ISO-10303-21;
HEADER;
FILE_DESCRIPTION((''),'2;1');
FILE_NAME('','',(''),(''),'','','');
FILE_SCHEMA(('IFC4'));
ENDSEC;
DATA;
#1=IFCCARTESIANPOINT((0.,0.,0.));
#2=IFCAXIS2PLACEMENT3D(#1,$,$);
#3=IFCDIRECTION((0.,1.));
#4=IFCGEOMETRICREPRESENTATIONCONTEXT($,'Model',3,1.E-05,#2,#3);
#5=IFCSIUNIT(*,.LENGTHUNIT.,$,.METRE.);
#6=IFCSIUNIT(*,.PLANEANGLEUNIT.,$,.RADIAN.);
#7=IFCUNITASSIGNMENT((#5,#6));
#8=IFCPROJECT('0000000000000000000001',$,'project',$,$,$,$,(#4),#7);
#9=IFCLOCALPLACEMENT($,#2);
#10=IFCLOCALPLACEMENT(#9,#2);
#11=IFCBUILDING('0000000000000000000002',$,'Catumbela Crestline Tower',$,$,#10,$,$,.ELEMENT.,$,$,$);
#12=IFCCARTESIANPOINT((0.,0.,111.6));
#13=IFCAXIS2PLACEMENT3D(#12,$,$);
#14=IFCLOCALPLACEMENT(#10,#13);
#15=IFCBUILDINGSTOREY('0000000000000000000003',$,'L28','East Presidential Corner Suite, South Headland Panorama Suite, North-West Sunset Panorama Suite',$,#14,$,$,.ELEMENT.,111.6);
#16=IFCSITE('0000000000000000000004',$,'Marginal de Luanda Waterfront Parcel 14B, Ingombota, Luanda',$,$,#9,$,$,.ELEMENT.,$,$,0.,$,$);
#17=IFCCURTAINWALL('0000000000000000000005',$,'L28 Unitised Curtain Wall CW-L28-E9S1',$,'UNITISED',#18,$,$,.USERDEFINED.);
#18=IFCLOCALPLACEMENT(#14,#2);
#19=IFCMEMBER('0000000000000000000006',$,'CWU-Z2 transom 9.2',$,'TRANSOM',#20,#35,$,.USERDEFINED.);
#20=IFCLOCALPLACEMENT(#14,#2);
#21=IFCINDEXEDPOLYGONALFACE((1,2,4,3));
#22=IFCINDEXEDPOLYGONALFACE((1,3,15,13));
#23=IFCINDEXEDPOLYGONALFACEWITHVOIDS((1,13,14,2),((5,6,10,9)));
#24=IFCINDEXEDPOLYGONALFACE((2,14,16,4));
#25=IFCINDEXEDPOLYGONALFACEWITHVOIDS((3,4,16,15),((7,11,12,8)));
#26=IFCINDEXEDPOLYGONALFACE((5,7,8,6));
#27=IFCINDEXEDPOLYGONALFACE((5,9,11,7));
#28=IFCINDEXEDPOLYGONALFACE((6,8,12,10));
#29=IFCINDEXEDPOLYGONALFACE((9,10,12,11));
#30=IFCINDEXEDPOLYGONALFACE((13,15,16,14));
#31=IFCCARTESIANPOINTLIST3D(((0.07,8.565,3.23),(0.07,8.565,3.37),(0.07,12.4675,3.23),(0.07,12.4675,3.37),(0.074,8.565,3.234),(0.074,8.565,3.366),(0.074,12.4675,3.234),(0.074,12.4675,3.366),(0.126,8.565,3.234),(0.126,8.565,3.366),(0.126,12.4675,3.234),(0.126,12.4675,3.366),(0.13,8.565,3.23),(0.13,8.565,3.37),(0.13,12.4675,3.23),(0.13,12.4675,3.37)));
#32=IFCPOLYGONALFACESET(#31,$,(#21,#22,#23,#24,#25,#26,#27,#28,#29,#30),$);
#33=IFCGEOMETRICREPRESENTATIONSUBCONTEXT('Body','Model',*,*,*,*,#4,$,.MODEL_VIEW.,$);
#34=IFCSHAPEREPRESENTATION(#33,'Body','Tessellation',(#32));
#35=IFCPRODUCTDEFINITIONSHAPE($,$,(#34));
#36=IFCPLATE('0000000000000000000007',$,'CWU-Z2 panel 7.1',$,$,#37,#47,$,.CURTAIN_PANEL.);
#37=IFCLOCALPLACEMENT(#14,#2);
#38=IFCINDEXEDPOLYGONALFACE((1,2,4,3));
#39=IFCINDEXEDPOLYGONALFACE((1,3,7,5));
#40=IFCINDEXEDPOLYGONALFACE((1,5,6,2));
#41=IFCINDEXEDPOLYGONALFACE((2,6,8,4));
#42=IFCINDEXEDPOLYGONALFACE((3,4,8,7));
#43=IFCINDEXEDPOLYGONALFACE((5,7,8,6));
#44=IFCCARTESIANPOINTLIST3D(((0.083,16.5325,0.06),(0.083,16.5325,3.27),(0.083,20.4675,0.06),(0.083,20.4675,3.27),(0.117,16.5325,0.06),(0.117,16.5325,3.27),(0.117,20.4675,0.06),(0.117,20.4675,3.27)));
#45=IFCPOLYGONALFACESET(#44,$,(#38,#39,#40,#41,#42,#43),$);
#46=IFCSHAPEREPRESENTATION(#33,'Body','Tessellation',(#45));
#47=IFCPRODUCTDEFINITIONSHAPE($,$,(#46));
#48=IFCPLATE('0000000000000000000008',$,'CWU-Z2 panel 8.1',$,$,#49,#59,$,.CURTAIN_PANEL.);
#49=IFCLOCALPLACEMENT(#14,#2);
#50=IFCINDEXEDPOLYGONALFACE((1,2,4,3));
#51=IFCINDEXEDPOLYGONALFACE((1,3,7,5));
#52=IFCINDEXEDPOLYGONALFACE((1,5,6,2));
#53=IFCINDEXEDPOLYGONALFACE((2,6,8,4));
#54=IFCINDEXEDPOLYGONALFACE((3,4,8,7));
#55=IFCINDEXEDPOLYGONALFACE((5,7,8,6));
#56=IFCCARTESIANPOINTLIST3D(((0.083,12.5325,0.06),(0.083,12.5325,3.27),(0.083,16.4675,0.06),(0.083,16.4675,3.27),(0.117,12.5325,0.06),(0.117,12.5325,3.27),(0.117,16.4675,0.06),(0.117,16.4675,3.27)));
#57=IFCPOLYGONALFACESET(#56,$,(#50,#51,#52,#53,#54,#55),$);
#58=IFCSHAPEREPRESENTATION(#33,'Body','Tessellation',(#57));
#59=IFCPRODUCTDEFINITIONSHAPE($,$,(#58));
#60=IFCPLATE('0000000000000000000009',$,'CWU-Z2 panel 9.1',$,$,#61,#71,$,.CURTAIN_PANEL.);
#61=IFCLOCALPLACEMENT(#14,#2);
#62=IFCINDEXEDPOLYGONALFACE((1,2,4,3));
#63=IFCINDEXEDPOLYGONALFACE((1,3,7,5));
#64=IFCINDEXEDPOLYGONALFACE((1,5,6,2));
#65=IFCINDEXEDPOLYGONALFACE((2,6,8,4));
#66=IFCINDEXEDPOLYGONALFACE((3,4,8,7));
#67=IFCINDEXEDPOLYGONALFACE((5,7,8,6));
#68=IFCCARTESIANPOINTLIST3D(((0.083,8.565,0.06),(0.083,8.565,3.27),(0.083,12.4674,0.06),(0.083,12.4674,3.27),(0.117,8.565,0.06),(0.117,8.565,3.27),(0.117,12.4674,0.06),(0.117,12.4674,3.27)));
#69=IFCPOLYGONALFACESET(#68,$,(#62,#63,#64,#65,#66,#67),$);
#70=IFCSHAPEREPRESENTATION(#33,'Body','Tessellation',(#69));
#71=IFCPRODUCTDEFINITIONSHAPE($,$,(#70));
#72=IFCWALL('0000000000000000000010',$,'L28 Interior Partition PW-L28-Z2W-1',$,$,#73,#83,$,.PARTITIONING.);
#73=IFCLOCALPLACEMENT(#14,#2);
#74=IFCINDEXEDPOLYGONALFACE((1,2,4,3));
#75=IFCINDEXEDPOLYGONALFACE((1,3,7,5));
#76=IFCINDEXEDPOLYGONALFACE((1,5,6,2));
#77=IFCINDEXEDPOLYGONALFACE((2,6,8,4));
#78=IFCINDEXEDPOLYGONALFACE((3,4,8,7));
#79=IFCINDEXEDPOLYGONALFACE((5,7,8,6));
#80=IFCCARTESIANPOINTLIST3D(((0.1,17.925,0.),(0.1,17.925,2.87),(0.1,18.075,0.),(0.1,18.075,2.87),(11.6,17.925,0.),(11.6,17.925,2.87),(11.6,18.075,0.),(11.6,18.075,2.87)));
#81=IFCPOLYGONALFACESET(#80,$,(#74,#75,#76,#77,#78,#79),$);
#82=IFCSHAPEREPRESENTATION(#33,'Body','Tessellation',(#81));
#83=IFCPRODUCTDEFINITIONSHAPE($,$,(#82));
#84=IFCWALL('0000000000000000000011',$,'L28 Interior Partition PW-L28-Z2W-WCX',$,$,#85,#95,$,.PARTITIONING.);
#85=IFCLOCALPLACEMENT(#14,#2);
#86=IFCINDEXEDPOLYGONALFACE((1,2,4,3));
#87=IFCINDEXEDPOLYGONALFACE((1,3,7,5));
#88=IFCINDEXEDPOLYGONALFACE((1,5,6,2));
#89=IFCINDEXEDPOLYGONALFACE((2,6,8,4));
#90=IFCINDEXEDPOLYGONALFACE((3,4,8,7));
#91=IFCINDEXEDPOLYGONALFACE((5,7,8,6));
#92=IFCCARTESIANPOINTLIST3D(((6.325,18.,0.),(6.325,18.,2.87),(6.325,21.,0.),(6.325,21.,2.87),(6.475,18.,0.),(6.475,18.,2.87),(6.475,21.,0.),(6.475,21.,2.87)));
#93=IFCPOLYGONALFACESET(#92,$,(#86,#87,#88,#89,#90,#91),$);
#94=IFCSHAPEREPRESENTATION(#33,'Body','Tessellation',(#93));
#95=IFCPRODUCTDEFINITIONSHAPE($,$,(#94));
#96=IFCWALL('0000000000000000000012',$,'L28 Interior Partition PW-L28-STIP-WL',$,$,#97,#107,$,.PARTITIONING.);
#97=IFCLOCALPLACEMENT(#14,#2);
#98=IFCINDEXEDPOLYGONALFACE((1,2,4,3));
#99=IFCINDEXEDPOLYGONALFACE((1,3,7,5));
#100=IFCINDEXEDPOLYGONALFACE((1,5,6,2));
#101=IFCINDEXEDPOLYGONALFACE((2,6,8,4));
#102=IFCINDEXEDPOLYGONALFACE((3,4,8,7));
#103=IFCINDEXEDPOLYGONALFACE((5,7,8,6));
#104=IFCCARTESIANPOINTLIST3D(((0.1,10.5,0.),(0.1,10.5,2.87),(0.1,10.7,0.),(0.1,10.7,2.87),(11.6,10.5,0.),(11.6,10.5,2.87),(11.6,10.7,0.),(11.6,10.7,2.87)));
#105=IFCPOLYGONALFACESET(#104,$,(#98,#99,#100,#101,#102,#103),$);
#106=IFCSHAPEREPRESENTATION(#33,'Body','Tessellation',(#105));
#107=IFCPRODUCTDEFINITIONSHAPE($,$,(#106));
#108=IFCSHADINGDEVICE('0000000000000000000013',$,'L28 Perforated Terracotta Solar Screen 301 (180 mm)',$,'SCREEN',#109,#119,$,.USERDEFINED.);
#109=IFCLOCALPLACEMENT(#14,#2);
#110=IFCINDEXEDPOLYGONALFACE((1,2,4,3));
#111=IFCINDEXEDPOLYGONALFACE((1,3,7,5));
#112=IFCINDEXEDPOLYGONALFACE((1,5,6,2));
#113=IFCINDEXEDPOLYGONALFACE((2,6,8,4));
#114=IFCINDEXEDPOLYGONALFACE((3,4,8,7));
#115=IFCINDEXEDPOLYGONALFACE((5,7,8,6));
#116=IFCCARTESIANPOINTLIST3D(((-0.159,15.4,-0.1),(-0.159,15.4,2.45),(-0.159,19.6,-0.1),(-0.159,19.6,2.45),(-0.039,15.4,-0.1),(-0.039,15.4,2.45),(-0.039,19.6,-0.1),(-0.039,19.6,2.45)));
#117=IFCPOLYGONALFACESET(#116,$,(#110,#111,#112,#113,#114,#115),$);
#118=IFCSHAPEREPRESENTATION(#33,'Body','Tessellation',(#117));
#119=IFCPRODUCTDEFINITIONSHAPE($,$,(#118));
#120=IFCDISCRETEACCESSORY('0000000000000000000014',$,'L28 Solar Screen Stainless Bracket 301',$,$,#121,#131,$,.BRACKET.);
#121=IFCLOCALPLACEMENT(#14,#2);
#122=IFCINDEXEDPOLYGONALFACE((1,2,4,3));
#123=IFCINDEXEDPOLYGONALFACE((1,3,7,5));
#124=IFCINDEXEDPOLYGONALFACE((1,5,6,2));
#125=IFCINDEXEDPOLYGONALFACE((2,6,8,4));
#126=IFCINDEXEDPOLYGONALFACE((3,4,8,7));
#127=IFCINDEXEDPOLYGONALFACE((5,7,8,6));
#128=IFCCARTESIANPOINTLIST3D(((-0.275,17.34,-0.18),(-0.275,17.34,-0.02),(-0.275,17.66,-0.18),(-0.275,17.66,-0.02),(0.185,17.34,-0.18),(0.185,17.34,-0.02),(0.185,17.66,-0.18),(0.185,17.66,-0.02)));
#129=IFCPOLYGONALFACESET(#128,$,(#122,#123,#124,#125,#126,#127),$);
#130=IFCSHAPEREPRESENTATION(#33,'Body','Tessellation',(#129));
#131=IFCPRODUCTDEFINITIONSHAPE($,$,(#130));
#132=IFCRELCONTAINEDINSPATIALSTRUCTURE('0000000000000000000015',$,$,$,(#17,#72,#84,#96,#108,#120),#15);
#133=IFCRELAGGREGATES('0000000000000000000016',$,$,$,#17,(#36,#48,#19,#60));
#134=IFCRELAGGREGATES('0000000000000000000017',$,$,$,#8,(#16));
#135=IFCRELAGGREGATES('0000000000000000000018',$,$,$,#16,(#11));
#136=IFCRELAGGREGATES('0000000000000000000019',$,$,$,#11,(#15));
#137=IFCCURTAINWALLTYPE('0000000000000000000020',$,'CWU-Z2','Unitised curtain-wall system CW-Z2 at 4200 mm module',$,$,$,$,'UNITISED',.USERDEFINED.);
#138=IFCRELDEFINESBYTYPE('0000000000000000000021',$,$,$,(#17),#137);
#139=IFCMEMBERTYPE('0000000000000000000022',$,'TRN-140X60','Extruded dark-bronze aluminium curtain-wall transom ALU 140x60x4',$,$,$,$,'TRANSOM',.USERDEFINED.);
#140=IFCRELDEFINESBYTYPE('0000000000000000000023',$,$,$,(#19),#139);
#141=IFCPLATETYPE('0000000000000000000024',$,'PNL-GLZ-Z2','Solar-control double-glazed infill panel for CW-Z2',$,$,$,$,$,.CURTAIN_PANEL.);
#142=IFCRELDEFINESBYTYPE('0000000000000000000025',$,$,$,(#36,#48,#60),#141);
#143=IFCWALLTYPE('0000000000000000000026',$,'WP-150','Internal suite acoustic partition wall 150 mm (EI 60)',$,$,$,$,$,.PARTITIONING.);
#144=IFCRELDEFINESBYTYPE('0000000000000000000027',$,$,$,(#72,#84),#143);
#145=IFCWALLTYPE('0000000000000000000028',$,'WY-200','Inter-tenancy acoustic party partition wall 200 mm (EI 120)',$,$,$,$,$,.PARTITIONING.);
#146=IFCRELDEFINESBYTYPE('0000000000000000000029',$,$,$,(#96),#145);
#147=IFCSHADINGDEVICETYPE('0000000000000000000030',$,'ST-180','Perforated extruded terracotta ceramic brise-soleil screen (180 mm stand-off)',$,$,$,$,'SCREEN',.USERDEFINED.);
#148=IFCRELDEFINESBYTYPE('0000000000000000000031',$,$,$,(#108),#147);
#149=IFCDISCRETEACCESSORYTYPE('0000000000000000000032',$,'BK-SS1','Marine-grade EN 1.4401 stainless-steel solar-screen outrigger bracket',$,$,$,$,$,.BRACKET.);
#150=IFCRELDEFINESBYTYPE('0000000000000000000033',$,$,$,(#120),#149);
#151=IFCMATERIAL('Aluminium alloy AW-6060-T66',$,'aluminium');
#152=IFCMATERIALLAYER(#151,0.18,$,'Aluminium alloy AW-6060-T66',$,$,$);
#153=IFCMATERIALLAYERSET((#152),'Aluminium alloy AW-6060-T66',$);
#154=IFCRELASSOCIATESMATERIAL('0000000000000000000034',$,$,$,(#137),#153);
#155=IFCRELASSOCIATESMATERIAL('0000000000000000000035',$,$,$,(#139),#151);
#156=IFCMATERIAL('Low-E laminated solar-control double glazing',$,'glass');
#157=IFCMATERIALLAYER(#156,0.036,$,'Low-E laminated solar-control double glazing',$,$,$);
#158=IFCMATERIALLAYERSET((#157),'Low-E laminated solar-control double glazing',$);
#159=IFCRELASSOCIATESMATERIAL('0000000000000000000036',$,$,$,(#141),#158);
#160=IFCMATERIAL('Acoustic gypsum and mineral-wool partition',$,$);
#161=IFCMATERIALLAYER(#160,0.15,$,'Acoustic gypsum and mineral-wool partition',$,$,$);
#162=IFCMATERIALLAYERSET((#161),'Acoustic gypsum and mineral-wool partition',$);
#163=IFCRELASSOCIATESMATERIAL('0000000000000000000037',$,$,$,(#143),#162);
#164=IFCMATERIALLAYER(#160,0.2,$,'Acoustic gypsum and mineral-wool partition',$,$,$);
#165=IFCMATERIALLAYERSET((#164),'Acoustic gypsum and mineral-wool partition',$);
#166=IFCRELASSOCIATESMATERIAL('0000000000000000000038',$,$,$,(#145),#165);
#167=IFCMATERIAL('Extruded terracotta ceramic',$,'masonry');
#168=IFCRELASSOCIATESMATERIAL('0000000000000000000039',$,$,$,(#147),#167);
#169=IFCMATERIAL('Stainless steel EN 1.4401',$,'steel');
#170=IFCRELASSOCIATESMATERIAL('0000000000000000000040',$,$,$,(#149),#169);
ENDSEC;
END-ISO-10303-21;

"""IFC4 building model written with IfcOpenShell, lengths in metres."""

from ifc_helpers import new_model, si_unit, direction, frame, frame_2d, origin, origin_2d, place, context, subcontext, project, spatial, rectangle, hollow_rectangle, extrude, material, layer, layer_set, material_profile, profile_set, type_object, element, aggregate, save


model = new_model("IFC4")

# Units and contexts
model_context = context("Model", 3, precision=1e-05, world=origin(), true_north=direction((0.0, 1.0)))
body_context = subcontext(model_context, "Body", "Model", "MODEL_VIEW")
ifc_project = project(units=[si_unit("LENGTHUNIT", "METRE"), si_unit("PLANEANGLEUNIT", "RADIAN")], contexts=[model_context])

# Site, building, storey
site_placement = place(None, origin())
site = spatial("IfcSite", under=ifc_project, at=site_placement, Name="Marginal de Luanda Waterfront Parcel 14B, Ingombota, Luanda", CompositionType="ELEMENT", RefElevation=0.0)
building_placement = place(site_placement, origin())
building = spatial("IfcBuilding", under=site, at=building_placement, Name="Catumbela Crestline Tower", CompositionType="ELEMENT")
storey_placement = place(building_placement, frame((0.0, 0.0, 111.6)))
storey = spatial("IfcBuildingStorey", under=building, at=storey_placement, Name="L28", Description="East Presidential Corner Suite, South Headland Panorama Suite, North-West Sunset Panorama Suite", CompositionType="ELEMENT", Elevation=111.6)

# Curtain wall
ifc_material_1 = material(Name="Aluminium alloy AW-6060-T66", Category="aluminium")
ifc_layer_1 = layer(ifc_material_1, 0.18, Name="Aluminium alloy AW-6060-T66")
ifc_layer_set_1 = layer_set([ifc_layer_1], Name="Aluminium alloy AW-6060-T66")
curtain_wall_type = type_object("IfcCurtainWallType", Name="CWU-Z2", Description="Unitised curtain-wall system CW-Z2 at 4200 mm module", ElementType="UNITISED", PredefinedType="USERDEFINED", material=ifc_layer_set_1)
curtain_wall_placement = place(storey_placement, origin())
curtain_wall = element("IfcCurtainWall", 1, at=curtain_wall_placement, inside=storey, type_object=curtain_wall_type, Name="L28 Unitised Curtain Wall CW-L28-E9S1", ObjectType="UNITISED", PredefinedType="USERDEFINED")

# Member
ifc_material_profile_1 = material_profile(ifc_material_1, hollow_rectangle(XDim=0.06, YDim=0.14, WallThickness=0.004, at=origin_2d()), Name="ALU 140x60x4")
ifc_profile_set_1 = profile_set([ifc_material_profile_1], Name="Aluminium alloy AW-6060-T66")
member_type_1 = type_object("IfcMemberType", Name="TRN-140X60", Description="Extruded dark-bronze aluminium curtain-wall transom ALU 140x60x4", ElementType="TRANSOM", PredefinedType="USERDEFINED", material=ifc_profile_set_1)
member_1_placement = place(storey_placement, frame((0.1, 12.4675, 3.3), z_axis=(0.0, -1.0, 0.0), x_axis=(1.0, 0.0, 0.0)))
member_1 = element("IfcMember", 2, at=member_1_placement, type_object=member_type_1, Name="CWU-Z2 transom 9.2", ObjectType="TRANSOM", PredefinedType="USERDEFINED", context=body_context, shape_type="SweptSolid", body=[
    extrude(hollow_rectangle(XDim=0.06, YDim=0.14, WallThickness=0.004, at=origin_2d()), origin(), (0.0, 0.0, 1.0), 3.9025),
])

# Plates
ifc_material_2 = material(Name="Low-E laminated solar-control double glazing", Category="glass")
ifc_layer_2 = layer(ifc_material_2, 0.036, Name="Low-E laminated solar-control double glazing")
ifc_layer_set_2 = layer_set([ifc_layer_2], Name="Low-E laminated solar-control double glazing")
plate_type = type_object("IfcPlateType", Name="PNL-GLZ-Z2", Description="Solar-control double-glazed infill panel for CW-Z2", PredefinedType="CURTAIN_PANEL", material=ifc_layer_set_2)
plate_1_placement = place(storey_placement, frame((0.1, 18.5, 0.06), z_axis=(0.0, 0.0, 1.0), x_axis=(0.0, -1.0, 0.0)))
plate_1 = element("IfcPlate", 3, at=plate_1_placement, type_object=plate_type, Name="CWU-Z2 panel 7.1", PredefinedType="CURTAIN_PANEL", context=body_context, shape_type="SweptSolid", body=[
    extrude(rectangle(XDim=3.935, YDim=0.034, at=origin_2d()), origin(), (0.0, 0.0, 1.0), 3.21),
])
plate_2_placement = place(storey_placement, frame((0.1, 14.5, 0.06), z_axis=(0.0, 0.0, 1.0), x_axis=(0.0, -1.0, 0.0)))
plate_2 = element("IfcPlate", 4, at=plate_2_placement, type_object=plate_type, Name="CWU-Z2 panel 8.1", PredefinedType="CURTAIN_PANEL", context=body_context, shape_type="SweptSolid", body=[
    extrude(rectangle(XDim=3.935, YDim=0.034, at=origin_2d()), origin(), (0.0, 0.0, 1.0), 3.21),
])
plate_3_placement = place(storey_placement, frame((0.1, 10.5162, 0.06), z_axis=(0.0, 0.0, 1.0), x_axis=(0.0, -1.0, 0.0)))
plate_3 = element("IfcPlate", 5, at=plate_3_placement, type_object=plate_type, Name="CWU-Z2 panel 9.1", PredefinedType="CURTAIN_PANEL", context=body_context, shape_type="SweptSolid", body=[
    extrude(rectangle(XDim=3.9025, YDim=0.034, at=origin_2d()), origin(), (0.0, 0.0, 1.0), 3.21),
])
aggregate(curtain_wall, [plate_1, plate_2, member_1, plate_3])

# Walls
ifc_material_3 = material(Name="Acoustic gypsum and mineral-wool partition")
ifc_layer_3 = layer(ifc_material_3, 0.15, Name="Acoustic gypsum and mineral-wool partition")
ifc_layer_set_3 = layer_set([ifc_layer_3], Name="Acoustic gypsum and mineral-wool partition")
wall_type_1 = type_object("IfcWallType", Name="WP-150", Description="Internal suite acoustic partition wall 150 mm (EI 60)", PredefinedType="PARTITIONING", material=ifc_layer_set_3)
wall_1_placement = place(storey_placement, frame((0.1, 18.0, 0.0), z_axis=(0.0, 0.0, 1.0), x_axis=(1.0, 0.0, 0.0)))
element("IfcWall", 6, at=wall_1_placement, inside=storey, type_object=wall_type_1, Name="L28 Interior Partition PW-L28-Z2W-1", PredefinedType="PARTITIONING", context=body_context, shape_type="SweptSolid", body=[
    extrude(rectangle(XDim=11.5, YDim=0.15, at=frame_2d((5.75, 0.0))), origin(), (0.0, 0.0, 1.0), 2.87),
])
wall_2_placement = place(storey_placement, frame((6.4, 18.0, 0.0), z_axis=(0.0, 0.0, 1.0), x_axis=(0.0, 1.0, 0.0)))
element("IfcWall", 7, at=wall_2_placement, inside=storey, type_object=wall_type_1, Name="L28 Interior Partition PW-L28-Z2W-WCX", PredefinedType="PARTITIONING", context=body_context, shape_type="SweptSolid", body=[
    extrude(rectangle(XDim=3.0, YDim=0.15, at=frame_2d((1.5, 0.0))), origin(), (0.0, 0.0, 1.0), 2.87),
])
ifc_layer_4 = layer(ifc_material_3, 0.2, Name="Acoustic gypsum and mineral-wool partition")
ifc_layer_set_4 = layer_set([ifc_layer_4], Name="Acoustic gypsum and mineral-wool partition")
wall_type_2 = type_object("IfcWallType", Name="WY-200", Description="Inter-tenancy acoustic party partition wall 200 mm (EI 120)", PredefinedType="PARTITIONING", material=ifc_layer_set_4)
wall_3_placement = place(storey_placement, frame((0.1, 10.6, 0.0), z_axis=(0.0, 0.0, 1.0), x_axis=(1.0, 0.0, 0.0)))
element("IfcWall", 8, at=wall_3_placement, inside=storey, type_object=wall_type_2, Name="L28 Interior Partition PW-L28-STIP-WL", PredefinedType="PARTITIONING", context=body_context, shape_type="SweptSolid", body=[
    extrude(rectangle(XDim=11.5, YDim=0.2, at=frame_2d((5.75, 0.0))), origin(), (0.0, 0.0, 1.0), 2.87),
])

# Shading device
ifc_material_4 = material(Name="Extruded terracotta ceramic", Category="masonry")
shading_device_type = type_object("IfcShadingDeviceType", Name="ST-180", Description="Perforated extruded terracotta ceramic brise-soleil screen (180 mm stand-off)", ElementType="SCREEN", PredefinedType="USERDEFINED", material=ifc_material_4)
shading_device_placement = place(storey_placement, frame((-0.099, 17.5, -0.1), z_axis=(0.0, 0.0, 1.0), x_axis=(0.0, -1.0, 0.0)))
element("IfcShadingDevice", 9, at=shading_device_placement, inside=storey, type_object=shading_device_type, Name="L28 Perforated Terracotta Solar Screen 301 (180 mm)", ObjectType="SCREEN", PredefinedType="USERDEFINED", context=body_context, shape_type="SweptSolid", body=[
    extrude(rectangle(XDim=4.2, YDim=0.12, at=origin_2d()), origin(), (0.0, 0.0, 1.0), 2.55),
])

# Discrete accessory
ifc_material_5 = material(Name="Stainless steel EN 1.4401", Category="steel")
discrete_accessory_type = type_object("IfcDiscreteAccessoryType", Name="BK-SS1", Description="Marine-grade EN 1.4401 stainless-steel solar-screen outrigger bracket", PredefinedType="BRACKET", material=ifc_material_5)
discrete_accessory_placement = place(storey_placement, frame((-0.045, 17.5, -0.18), z_axis=(0.0, 0.0, 1.0), x_axis=(0.0, -1.0, 0.0)))
element("IfcDiscreteAccessory", 10, at=discrete_accessory_placement, inside=storey, type_object=discrete_accessory_type, Name="L28 Solar Screen Stainless Bracket 301", PredefinedType="BRACKET", context=body_context, shape_type="SweptSolid", body=[
    extrude(rectangle(XDim=0.32, YDim=0.46, at=origin_2d()), origin(), (0.0, 0.0, 1.0), 0.16),
])

save(model, "model.ifc")
